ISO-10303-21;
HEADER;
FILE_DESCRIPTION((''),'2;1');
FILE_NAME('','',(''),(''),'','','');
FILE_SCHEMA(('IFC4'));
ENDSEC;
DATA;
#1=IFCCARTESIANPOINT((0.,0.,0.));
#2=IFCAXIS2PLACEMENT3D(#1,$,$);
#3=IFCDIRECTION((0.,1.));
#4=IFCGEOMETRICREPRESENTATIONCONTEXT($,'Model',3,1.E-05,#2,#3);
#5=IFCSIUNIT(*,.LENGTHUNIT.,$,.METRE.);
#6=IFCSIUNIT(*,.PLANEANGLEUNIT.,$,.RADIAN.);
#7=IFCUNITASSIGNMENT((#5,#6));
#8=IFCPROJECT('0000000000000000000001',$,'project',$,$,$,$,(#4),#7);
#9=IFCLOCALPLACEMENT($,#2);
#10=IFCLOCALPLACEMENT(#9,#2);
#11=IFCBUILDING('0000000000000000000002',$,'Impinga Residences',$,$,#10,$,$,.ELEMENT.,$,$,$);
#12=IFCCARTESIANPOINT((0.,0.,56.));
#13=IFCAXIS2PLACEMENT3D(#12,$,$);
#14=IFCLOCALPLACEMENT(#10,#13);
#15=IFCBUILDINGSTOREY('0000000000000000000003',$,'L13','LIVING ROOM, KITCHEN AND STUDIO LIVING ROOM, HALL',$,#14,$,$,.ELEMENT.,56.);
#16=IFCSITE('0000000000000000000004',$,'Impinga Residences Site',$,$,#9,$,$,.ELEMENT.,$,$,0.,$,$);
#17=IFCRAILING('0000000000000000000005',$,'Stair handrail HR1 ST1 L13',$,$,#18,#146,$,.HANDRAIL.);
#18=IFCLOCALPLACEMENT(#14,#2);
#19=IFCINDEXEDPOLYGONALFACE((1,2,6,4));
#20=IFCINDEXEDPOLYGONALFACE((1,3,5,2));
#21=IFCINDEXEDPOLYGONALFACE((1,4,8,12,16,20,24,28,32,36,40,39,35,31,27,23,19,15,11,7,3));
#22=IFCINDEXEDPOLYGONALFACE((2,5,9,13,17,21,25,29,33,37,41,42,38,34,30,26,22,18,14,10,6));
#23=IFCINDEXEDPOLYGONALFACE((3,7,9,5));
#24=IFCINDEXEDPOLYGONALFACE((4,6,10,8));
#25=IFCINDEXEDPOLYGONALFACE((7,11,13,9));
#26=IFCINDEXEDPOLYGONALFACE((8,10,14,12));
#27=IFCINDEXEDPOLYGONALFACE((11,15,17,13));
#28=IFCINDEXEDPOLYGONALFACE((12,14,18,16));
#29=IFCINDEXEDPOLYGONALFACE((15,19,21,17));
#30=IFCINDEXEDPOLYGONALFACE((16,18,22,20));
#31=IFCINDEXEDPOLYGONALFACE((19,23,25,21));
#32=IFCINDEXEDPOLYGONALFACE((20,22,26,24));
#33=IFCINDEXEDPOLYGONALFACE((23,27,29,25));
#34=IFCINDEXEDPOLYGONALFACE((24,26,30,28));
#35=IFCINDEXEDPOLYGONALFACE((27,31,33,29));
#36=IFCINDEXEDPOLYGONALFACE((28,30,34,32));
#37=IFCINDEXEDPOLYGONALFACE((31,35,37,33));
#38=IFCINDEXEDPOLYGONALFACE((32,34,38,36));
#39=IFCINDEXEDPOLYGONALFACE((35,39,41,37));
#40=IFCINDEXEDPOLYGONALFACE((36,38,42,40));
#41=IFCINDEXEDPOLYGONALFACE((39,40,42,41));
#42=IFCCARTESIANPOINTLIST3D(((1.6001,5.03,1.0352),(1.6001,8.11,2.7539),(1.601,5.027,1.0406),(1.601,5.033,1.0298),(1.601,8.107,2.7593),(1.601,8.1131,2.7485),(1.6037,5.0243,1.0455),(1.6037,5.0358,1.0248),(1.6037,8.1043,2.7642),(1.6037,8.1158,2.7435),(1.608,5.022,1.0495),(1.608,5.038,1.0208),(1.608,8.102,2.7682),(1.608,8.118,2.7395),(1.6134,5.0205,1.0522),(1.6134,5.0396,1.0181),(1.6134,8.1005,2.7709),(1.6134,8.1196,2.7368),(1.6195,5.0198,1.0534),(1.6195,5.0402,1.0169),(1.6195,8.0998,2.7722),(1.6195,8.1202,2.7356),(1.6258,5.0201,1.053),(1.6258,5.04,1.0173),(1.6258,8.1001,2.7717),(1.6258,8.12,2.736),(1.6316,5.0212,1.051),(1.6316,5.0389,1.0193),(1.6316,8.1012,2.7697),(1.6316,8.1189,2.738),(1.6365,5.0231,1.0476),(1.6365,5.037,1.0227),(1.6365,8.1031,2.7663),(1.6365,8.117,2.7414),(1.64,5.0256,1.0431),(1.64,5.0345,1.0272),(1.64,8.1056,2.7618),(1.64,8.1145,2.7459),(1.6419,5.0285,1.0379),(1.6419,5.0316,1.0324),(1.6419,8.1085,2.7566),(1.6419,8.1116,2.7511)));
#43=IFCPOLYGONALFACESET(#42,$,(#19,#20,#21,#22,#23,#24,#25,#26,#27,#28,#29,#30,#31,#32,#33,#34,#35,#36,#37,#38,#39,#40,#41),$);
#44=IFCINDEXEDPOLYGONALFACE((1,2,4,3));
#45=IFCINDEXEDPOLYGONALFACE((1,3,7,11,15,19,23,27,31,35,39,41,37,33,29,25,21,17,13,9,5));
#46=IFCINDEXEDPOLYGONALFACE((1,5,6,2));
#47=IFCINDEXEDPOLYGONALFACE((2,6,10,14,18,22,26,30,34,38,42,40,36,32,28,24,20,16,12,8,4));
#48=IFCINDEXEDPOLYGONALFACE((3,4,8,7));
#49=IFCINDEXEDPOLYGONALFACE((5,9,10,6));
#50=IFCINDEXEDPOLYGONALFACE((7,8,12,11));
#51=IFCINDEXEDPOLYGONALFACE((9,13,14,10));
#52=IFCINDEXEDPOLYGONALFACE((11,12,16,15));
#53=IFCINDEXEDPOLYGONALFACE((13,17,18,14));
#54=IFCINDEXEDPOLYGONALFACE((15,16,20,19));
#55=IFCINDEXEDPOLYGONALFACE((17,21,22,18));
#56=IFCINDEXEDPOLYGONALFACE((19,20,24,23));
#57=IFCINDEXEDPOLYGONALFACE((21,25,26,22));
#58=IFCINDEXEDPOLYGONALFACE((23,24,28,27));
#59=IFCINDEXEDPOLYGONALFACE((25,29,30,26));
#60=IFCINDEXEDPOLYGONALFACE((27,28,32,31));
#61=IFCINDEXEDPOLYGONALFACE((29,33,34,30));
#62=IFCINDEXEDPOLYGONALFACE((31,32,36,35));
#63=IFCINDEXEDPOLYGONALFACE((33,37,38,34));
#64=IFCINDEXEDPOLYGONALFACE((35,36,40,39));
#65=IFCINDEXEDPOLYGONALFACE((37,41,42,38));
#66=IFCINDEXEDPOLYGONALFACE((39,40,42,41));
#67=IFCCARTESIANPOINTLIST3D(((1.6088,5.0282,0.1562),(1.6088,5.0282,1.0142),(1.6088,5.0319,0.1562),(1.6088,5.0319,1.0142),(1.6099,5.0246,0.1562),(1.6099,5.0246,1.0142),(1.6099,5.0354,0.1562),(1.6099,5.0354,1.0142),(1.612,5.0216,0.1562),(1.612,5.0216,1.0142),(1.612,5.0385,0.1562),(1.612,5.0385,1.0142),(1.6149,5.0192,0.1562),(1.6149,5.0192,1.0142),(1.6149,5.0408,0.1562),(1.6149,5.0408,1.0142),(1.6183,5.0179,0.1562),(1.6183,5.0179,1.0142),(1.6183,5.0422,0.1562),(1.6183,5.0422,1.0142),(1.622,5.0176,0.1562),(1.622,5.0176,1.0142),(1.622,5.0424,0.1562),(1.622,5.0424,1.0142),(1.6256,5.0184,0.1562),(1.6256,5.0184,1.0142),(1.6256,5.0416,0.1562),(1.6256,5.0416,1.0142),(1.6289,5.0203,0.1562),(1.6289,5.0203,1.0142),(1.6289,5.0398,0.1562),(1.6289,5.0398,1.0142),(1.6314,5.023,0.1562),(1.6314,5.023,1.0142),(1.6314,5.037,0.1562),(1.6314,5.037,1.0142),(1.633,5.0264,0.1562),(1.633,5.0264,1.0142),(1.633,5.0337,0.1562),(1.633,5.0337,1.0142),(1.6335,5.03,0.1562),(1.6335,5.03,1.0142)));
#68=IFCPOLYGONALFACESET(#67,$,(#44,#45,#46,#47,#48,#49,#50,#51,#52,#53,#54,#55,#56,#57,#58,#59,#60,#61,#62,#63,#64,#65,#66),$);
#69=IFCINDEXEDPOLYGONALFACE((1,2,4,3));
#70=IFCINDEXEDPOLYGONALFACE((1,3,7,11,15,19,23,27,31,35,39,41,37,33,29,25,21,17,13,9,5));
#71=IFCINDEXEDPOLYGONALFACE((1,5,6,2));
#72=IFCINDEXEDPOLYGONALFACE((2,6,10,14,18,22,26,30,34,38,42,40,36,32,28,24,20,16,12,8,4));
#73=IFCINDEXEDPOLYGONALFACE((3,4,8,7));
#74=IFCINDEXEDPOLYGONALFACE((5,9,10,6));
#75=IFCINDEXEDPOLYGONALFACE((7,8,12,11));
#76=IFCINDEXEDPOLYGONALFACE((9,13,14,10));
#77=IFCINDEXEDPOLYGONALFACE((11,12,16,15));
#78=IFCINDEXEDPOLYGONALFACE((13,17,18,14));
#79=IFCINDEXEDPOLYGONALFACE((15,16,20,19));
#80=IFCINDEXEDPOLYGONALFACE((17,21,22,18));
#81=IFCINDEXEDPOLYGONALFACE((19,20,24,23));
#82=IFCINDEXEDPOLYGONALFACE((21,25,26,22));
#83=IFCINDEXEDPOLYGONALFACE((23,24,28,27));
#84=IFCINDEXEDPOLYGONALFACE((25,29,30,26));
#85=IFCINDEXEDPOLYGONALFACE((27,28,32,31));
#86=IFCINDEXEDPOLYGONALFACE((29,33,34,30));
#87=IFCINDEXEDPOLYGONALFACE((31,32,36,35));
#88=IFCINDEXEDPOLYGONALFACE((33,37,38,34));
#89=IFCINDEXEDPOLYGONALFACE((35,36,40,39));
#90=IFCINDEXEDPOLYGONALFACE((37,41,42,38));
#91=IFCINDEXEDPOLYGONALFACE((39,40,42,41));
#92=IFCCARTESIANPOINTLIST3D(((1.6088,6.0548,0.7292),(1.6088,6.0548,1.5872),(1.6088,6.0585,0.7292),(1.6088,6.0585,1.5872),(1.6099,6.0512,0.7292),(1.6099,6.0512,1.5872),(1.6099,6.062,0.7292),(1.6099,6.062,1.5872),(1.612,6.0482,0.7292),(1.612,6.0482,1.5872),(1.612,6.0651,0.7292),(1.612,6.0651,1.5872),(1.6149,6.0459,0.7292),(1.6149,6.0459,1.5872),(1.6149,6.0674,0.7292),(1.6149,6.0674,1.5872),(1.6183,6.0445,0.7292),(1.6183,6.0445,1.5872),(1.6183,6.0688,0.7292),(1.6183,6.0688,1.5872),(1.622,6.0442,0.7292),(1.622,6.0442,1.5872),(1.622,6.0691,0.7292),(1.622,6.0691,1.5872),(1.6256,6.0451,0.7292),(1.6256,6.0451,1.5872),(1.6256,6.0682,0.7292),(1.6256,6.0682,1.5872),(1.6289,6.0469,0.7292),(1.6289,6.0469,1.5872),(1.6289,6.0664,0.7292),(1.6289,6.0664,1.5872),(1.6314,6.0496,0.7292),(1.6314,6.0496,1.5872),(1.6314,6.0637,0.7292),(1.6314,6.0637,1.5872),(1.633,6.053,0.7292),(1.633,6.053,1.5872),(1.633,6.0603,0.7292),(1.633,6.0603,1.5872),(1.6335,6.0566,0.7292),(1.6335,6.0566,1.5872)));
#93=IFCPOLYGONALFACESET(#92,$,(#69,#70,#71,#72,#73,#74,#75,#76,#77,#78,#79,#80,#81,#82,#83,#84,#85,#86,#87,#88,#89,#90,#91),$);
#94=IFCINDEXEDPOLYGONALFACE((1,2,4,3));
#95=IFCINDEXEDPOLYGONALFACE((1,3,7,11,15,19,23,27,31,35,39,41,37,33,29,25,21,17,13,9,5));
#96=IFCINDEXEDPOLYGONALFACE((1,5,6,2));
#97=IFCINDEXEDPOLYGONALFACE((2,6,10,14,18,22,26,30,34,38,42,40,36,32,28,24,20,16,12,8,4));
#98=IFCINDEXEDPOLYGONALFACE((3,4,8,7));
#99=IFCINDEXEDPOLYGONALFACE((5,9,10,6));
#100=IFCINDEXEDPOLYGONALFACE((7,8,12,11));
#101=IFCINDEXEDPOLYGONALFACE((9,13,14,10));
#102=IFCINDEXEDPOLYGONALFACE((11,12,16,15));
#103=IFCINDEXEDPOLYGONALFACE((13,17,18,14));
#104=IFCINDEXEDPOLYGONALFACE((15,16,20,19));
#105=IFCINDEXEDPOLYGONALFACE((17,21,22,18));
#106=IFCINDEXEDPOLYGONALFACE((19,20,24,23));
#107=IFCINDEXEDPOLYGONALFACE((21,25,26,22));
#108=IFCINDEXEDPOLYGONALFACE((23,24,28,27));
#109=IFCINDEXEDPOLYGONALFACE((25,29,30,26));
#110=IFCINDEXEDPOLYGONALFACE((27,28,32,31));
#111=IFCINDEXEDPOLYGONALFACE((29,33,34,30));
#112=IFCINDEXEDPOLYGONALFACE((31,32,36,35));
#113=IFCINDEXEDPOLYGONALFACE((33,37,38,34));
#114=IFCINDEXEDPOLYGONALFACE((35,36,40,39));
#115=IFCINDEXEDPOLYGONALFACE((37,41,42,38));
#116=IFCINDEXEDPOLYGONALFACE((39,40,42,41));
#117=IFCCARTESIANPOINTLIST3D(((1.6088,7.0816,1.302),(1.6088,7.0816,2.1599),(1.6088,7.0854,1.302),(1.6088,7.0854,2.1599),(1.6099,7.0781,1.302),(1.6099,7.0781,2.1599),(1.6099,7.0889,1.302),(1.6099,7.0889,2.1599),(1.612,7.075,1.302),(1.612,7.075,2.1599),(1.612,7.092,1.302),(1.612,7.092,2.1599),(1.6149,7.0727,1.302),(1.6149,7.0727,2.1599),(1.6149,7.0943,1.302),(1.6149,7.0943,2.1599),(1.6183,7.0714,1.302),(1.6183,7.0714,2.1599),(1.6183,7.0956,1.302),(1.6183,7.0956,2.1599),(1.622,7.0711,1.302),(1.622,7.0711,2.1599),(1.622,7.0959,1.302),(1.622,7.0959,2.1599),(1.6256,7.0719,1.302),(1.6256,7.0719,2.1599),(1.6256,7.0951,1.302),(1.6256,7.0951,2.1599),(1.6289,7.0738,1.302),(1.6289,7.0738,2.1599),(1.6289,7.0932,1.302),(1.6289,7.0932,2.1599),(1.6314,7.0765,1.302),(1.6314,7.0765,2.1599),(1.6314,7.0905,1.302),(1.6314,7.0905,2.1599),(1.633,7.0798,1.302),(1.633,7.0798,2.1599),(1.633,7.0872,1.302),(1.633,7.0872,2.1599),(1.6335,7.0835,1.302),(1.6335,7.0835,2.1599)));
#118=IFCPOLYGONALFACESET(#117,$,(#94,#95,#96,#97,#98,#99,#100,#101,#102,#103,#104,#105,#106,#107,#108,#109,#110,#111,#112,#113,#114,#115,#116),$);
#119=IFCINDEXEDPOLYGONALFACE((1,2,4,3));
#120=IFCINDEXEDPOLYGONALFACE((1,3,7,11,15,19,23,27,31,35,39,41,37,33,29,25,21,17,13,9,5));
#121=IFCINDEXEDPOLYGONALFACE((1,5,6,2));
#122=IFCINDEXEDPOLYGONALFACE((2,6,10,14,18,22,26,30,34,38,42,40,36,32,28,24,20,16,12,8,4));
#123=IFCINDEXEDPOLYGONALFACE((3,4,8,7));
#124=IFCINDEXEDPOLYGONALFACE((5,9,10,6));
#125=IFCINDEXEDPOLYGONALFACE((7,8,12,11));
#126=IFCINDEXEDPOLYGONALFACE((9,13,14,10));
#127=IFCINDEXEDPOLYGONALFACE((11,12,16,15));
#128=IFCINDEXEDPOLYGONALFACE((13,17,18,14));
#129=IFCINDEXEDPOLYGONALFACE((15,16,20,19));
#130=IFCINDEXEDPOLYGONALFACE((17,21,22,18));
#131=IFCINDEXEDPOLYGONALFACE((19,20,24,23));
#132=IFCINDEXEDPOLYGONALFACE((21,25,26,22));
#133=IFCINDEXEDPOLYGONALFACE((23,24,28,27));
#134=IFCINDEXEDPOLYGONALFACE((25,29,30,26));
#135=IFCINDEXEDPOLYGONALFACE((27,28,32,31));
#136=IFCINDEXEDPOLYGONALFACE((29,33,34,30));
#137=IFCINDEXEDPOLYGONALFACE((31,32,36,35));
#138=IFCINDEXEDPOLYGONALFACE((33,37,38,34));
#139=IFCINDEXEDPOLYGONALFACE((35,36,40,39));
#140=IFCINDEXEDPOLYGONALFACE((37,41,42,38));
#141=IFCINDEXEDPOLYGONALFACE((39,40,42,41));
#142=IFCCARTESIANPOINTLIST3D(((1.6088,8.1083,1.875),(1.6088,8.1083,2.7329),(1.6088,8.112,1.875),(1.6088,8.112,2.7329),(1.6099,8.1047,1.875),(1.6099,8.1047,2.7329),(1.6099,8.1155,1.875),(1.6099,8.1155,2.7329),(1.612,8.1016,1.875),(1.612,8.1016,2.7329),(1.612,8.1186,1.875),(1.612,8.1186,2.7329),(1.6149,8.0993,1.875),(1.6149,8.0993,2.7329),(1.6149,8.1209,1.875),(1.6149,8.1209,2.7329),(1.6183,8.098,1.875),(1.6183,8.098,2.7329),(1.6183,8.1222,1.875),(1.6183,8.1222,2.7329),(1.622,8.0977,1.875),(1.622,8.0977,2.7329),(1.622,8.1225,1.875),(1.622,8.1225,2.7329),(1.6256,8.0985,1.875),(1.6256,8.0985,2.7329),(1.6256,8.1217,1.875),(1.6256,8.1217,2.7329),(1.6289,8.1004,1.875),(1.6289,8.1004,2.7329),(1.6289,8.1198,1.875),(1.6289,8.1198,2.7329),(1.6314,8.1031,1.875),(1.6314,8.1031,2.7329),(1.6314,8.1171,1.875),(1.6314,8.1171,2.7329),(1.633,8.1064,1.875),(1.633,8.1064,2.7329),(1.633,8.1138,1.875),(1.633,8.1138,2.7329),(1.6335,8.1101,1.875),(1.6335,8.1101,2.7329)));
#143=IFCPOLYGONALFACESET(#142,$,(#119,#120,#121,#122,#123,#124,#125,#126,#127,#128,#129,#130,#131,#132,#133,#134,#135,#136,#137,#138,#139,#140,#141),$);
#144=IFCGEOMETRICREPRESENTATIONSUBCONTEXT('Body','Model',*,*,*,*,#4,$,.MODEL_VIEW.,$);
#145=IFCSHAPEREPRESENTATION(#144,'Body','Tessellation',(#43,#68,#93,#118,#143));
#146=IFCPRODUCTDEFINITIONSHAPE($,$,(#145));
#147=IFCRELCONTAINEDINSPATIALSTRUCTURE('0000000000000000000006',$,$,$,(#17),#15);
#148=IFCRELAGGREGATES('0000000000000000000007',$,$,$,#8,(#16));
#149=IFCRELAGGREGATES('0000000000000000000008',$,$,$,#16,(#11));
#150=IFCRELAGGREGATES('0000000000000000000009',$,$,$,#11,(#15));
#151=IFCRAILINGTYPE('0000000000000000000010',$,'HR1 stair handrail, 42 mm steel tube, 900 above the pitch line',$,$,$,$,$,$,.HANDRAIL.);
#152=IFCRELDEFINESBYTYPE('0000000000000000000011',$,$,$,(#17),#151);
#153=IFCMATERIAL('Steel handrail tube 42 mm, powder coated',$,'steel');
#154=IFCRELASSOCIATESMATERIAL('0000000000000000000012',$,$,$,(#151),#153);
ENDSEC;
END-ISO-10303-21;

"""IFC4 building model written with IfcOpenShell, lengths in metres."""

from ifc_helpers import new_model, si_unit, direction, frame, origin, origin_2d, place, context, subcontext, project, spatial, circle, extrude, material, type_object, element, save


model = new_model("IFC4")

# Units and contexts
model_context = context("Model", 3, precision=1e-05, world=origin(), true_north=direction((0.0, 1.0)))
body_context = subcontext(model_context, "Body", "Model", "MODEL_VIEW")
ifc_project = project(units=[si_unit("LENGTHUNIT", "METRE"), si_unit("PLANEANGLEUNIT", "RADIAN")], contexts=[model_context])

# Site, building, storey
site_placement = place(None, origin())
site = spatial("IfcSite", under=ifc_project, at=site_placement, Name="Impinga Residences Site", CompositionType="ELEMENT", RefElevation=0.0)
building_placement = place(site_placement, origin())
building = spatial("IfcBuilding", under=site, at=building_placement, Name="Impinga Residences", CompositionType="ELEMENT")
storey_placement = place(building_placement, frame((0.0, 0.0, 56.0)))
storey = spatial("IfcBuildingStorey", under=building, at=storey_placement, Name="L13", Description="LIVING ROOM, KITCHEN AND STUDIO LIVING ROOM, HALL", CompositionType="ELEMENT", Elevation=56.0)

# Railing
ifc_material_1 = material(Name="Steel handrail tube 42 mm, powder coated", Category="steel")
railing_type_1 = type_object("IfcRailingType", Name="HR1 stair handrail, 42 mm steel tube, 900 above the pitch line", PredefinedType="HANDRAIL", material=ifc_material_1)
railing_1_placement = place(storey_placement, frame((1.6211, 5.03, 0.1562)))
element("IfcRailing", 1, at=railing_1_placement, inside=storey, type_object=railing_type_1, Name="Stair handrail HR1 ST1 L13", PredefinedType="HANDRAIL", context=body_context, shape_type="SweptSolid", body=[
    extrude(circle(Radius=0.021, at=origin_2d()), frame((0.0, 0.0, 0.8789), z_axis=(0.0, 0.873242, 0.487288), x_axis=(-1.0, 0.0, 0.0)), (0.0, 0.0, 1.0), 3.5271),
    extrude(circle(Radius=0.0125, at=origin_2d()), origin(), (0.0, 0.0, 1.0), 0.8579),
    extrude(circle(Radius=0.0125, at=origin_2d()), frame((0.0, 1.0266, 0.573)), (0.0, 0.0, 1.0), 0.8579),
    extrude(circle(Radius=0.0125, at=origin_2d()), frame((0.0, 2.0535, 1.1458)), (0.0, 0.0, 1.0), 0.8579),
    extrude(circle(Radius=0.0125, at=origin_2d()), frame((0.0, 3.0801, 1.7188)), (0.0, 0.0, 1.0), 0.8579),
])

save(model, "model.ifc")
